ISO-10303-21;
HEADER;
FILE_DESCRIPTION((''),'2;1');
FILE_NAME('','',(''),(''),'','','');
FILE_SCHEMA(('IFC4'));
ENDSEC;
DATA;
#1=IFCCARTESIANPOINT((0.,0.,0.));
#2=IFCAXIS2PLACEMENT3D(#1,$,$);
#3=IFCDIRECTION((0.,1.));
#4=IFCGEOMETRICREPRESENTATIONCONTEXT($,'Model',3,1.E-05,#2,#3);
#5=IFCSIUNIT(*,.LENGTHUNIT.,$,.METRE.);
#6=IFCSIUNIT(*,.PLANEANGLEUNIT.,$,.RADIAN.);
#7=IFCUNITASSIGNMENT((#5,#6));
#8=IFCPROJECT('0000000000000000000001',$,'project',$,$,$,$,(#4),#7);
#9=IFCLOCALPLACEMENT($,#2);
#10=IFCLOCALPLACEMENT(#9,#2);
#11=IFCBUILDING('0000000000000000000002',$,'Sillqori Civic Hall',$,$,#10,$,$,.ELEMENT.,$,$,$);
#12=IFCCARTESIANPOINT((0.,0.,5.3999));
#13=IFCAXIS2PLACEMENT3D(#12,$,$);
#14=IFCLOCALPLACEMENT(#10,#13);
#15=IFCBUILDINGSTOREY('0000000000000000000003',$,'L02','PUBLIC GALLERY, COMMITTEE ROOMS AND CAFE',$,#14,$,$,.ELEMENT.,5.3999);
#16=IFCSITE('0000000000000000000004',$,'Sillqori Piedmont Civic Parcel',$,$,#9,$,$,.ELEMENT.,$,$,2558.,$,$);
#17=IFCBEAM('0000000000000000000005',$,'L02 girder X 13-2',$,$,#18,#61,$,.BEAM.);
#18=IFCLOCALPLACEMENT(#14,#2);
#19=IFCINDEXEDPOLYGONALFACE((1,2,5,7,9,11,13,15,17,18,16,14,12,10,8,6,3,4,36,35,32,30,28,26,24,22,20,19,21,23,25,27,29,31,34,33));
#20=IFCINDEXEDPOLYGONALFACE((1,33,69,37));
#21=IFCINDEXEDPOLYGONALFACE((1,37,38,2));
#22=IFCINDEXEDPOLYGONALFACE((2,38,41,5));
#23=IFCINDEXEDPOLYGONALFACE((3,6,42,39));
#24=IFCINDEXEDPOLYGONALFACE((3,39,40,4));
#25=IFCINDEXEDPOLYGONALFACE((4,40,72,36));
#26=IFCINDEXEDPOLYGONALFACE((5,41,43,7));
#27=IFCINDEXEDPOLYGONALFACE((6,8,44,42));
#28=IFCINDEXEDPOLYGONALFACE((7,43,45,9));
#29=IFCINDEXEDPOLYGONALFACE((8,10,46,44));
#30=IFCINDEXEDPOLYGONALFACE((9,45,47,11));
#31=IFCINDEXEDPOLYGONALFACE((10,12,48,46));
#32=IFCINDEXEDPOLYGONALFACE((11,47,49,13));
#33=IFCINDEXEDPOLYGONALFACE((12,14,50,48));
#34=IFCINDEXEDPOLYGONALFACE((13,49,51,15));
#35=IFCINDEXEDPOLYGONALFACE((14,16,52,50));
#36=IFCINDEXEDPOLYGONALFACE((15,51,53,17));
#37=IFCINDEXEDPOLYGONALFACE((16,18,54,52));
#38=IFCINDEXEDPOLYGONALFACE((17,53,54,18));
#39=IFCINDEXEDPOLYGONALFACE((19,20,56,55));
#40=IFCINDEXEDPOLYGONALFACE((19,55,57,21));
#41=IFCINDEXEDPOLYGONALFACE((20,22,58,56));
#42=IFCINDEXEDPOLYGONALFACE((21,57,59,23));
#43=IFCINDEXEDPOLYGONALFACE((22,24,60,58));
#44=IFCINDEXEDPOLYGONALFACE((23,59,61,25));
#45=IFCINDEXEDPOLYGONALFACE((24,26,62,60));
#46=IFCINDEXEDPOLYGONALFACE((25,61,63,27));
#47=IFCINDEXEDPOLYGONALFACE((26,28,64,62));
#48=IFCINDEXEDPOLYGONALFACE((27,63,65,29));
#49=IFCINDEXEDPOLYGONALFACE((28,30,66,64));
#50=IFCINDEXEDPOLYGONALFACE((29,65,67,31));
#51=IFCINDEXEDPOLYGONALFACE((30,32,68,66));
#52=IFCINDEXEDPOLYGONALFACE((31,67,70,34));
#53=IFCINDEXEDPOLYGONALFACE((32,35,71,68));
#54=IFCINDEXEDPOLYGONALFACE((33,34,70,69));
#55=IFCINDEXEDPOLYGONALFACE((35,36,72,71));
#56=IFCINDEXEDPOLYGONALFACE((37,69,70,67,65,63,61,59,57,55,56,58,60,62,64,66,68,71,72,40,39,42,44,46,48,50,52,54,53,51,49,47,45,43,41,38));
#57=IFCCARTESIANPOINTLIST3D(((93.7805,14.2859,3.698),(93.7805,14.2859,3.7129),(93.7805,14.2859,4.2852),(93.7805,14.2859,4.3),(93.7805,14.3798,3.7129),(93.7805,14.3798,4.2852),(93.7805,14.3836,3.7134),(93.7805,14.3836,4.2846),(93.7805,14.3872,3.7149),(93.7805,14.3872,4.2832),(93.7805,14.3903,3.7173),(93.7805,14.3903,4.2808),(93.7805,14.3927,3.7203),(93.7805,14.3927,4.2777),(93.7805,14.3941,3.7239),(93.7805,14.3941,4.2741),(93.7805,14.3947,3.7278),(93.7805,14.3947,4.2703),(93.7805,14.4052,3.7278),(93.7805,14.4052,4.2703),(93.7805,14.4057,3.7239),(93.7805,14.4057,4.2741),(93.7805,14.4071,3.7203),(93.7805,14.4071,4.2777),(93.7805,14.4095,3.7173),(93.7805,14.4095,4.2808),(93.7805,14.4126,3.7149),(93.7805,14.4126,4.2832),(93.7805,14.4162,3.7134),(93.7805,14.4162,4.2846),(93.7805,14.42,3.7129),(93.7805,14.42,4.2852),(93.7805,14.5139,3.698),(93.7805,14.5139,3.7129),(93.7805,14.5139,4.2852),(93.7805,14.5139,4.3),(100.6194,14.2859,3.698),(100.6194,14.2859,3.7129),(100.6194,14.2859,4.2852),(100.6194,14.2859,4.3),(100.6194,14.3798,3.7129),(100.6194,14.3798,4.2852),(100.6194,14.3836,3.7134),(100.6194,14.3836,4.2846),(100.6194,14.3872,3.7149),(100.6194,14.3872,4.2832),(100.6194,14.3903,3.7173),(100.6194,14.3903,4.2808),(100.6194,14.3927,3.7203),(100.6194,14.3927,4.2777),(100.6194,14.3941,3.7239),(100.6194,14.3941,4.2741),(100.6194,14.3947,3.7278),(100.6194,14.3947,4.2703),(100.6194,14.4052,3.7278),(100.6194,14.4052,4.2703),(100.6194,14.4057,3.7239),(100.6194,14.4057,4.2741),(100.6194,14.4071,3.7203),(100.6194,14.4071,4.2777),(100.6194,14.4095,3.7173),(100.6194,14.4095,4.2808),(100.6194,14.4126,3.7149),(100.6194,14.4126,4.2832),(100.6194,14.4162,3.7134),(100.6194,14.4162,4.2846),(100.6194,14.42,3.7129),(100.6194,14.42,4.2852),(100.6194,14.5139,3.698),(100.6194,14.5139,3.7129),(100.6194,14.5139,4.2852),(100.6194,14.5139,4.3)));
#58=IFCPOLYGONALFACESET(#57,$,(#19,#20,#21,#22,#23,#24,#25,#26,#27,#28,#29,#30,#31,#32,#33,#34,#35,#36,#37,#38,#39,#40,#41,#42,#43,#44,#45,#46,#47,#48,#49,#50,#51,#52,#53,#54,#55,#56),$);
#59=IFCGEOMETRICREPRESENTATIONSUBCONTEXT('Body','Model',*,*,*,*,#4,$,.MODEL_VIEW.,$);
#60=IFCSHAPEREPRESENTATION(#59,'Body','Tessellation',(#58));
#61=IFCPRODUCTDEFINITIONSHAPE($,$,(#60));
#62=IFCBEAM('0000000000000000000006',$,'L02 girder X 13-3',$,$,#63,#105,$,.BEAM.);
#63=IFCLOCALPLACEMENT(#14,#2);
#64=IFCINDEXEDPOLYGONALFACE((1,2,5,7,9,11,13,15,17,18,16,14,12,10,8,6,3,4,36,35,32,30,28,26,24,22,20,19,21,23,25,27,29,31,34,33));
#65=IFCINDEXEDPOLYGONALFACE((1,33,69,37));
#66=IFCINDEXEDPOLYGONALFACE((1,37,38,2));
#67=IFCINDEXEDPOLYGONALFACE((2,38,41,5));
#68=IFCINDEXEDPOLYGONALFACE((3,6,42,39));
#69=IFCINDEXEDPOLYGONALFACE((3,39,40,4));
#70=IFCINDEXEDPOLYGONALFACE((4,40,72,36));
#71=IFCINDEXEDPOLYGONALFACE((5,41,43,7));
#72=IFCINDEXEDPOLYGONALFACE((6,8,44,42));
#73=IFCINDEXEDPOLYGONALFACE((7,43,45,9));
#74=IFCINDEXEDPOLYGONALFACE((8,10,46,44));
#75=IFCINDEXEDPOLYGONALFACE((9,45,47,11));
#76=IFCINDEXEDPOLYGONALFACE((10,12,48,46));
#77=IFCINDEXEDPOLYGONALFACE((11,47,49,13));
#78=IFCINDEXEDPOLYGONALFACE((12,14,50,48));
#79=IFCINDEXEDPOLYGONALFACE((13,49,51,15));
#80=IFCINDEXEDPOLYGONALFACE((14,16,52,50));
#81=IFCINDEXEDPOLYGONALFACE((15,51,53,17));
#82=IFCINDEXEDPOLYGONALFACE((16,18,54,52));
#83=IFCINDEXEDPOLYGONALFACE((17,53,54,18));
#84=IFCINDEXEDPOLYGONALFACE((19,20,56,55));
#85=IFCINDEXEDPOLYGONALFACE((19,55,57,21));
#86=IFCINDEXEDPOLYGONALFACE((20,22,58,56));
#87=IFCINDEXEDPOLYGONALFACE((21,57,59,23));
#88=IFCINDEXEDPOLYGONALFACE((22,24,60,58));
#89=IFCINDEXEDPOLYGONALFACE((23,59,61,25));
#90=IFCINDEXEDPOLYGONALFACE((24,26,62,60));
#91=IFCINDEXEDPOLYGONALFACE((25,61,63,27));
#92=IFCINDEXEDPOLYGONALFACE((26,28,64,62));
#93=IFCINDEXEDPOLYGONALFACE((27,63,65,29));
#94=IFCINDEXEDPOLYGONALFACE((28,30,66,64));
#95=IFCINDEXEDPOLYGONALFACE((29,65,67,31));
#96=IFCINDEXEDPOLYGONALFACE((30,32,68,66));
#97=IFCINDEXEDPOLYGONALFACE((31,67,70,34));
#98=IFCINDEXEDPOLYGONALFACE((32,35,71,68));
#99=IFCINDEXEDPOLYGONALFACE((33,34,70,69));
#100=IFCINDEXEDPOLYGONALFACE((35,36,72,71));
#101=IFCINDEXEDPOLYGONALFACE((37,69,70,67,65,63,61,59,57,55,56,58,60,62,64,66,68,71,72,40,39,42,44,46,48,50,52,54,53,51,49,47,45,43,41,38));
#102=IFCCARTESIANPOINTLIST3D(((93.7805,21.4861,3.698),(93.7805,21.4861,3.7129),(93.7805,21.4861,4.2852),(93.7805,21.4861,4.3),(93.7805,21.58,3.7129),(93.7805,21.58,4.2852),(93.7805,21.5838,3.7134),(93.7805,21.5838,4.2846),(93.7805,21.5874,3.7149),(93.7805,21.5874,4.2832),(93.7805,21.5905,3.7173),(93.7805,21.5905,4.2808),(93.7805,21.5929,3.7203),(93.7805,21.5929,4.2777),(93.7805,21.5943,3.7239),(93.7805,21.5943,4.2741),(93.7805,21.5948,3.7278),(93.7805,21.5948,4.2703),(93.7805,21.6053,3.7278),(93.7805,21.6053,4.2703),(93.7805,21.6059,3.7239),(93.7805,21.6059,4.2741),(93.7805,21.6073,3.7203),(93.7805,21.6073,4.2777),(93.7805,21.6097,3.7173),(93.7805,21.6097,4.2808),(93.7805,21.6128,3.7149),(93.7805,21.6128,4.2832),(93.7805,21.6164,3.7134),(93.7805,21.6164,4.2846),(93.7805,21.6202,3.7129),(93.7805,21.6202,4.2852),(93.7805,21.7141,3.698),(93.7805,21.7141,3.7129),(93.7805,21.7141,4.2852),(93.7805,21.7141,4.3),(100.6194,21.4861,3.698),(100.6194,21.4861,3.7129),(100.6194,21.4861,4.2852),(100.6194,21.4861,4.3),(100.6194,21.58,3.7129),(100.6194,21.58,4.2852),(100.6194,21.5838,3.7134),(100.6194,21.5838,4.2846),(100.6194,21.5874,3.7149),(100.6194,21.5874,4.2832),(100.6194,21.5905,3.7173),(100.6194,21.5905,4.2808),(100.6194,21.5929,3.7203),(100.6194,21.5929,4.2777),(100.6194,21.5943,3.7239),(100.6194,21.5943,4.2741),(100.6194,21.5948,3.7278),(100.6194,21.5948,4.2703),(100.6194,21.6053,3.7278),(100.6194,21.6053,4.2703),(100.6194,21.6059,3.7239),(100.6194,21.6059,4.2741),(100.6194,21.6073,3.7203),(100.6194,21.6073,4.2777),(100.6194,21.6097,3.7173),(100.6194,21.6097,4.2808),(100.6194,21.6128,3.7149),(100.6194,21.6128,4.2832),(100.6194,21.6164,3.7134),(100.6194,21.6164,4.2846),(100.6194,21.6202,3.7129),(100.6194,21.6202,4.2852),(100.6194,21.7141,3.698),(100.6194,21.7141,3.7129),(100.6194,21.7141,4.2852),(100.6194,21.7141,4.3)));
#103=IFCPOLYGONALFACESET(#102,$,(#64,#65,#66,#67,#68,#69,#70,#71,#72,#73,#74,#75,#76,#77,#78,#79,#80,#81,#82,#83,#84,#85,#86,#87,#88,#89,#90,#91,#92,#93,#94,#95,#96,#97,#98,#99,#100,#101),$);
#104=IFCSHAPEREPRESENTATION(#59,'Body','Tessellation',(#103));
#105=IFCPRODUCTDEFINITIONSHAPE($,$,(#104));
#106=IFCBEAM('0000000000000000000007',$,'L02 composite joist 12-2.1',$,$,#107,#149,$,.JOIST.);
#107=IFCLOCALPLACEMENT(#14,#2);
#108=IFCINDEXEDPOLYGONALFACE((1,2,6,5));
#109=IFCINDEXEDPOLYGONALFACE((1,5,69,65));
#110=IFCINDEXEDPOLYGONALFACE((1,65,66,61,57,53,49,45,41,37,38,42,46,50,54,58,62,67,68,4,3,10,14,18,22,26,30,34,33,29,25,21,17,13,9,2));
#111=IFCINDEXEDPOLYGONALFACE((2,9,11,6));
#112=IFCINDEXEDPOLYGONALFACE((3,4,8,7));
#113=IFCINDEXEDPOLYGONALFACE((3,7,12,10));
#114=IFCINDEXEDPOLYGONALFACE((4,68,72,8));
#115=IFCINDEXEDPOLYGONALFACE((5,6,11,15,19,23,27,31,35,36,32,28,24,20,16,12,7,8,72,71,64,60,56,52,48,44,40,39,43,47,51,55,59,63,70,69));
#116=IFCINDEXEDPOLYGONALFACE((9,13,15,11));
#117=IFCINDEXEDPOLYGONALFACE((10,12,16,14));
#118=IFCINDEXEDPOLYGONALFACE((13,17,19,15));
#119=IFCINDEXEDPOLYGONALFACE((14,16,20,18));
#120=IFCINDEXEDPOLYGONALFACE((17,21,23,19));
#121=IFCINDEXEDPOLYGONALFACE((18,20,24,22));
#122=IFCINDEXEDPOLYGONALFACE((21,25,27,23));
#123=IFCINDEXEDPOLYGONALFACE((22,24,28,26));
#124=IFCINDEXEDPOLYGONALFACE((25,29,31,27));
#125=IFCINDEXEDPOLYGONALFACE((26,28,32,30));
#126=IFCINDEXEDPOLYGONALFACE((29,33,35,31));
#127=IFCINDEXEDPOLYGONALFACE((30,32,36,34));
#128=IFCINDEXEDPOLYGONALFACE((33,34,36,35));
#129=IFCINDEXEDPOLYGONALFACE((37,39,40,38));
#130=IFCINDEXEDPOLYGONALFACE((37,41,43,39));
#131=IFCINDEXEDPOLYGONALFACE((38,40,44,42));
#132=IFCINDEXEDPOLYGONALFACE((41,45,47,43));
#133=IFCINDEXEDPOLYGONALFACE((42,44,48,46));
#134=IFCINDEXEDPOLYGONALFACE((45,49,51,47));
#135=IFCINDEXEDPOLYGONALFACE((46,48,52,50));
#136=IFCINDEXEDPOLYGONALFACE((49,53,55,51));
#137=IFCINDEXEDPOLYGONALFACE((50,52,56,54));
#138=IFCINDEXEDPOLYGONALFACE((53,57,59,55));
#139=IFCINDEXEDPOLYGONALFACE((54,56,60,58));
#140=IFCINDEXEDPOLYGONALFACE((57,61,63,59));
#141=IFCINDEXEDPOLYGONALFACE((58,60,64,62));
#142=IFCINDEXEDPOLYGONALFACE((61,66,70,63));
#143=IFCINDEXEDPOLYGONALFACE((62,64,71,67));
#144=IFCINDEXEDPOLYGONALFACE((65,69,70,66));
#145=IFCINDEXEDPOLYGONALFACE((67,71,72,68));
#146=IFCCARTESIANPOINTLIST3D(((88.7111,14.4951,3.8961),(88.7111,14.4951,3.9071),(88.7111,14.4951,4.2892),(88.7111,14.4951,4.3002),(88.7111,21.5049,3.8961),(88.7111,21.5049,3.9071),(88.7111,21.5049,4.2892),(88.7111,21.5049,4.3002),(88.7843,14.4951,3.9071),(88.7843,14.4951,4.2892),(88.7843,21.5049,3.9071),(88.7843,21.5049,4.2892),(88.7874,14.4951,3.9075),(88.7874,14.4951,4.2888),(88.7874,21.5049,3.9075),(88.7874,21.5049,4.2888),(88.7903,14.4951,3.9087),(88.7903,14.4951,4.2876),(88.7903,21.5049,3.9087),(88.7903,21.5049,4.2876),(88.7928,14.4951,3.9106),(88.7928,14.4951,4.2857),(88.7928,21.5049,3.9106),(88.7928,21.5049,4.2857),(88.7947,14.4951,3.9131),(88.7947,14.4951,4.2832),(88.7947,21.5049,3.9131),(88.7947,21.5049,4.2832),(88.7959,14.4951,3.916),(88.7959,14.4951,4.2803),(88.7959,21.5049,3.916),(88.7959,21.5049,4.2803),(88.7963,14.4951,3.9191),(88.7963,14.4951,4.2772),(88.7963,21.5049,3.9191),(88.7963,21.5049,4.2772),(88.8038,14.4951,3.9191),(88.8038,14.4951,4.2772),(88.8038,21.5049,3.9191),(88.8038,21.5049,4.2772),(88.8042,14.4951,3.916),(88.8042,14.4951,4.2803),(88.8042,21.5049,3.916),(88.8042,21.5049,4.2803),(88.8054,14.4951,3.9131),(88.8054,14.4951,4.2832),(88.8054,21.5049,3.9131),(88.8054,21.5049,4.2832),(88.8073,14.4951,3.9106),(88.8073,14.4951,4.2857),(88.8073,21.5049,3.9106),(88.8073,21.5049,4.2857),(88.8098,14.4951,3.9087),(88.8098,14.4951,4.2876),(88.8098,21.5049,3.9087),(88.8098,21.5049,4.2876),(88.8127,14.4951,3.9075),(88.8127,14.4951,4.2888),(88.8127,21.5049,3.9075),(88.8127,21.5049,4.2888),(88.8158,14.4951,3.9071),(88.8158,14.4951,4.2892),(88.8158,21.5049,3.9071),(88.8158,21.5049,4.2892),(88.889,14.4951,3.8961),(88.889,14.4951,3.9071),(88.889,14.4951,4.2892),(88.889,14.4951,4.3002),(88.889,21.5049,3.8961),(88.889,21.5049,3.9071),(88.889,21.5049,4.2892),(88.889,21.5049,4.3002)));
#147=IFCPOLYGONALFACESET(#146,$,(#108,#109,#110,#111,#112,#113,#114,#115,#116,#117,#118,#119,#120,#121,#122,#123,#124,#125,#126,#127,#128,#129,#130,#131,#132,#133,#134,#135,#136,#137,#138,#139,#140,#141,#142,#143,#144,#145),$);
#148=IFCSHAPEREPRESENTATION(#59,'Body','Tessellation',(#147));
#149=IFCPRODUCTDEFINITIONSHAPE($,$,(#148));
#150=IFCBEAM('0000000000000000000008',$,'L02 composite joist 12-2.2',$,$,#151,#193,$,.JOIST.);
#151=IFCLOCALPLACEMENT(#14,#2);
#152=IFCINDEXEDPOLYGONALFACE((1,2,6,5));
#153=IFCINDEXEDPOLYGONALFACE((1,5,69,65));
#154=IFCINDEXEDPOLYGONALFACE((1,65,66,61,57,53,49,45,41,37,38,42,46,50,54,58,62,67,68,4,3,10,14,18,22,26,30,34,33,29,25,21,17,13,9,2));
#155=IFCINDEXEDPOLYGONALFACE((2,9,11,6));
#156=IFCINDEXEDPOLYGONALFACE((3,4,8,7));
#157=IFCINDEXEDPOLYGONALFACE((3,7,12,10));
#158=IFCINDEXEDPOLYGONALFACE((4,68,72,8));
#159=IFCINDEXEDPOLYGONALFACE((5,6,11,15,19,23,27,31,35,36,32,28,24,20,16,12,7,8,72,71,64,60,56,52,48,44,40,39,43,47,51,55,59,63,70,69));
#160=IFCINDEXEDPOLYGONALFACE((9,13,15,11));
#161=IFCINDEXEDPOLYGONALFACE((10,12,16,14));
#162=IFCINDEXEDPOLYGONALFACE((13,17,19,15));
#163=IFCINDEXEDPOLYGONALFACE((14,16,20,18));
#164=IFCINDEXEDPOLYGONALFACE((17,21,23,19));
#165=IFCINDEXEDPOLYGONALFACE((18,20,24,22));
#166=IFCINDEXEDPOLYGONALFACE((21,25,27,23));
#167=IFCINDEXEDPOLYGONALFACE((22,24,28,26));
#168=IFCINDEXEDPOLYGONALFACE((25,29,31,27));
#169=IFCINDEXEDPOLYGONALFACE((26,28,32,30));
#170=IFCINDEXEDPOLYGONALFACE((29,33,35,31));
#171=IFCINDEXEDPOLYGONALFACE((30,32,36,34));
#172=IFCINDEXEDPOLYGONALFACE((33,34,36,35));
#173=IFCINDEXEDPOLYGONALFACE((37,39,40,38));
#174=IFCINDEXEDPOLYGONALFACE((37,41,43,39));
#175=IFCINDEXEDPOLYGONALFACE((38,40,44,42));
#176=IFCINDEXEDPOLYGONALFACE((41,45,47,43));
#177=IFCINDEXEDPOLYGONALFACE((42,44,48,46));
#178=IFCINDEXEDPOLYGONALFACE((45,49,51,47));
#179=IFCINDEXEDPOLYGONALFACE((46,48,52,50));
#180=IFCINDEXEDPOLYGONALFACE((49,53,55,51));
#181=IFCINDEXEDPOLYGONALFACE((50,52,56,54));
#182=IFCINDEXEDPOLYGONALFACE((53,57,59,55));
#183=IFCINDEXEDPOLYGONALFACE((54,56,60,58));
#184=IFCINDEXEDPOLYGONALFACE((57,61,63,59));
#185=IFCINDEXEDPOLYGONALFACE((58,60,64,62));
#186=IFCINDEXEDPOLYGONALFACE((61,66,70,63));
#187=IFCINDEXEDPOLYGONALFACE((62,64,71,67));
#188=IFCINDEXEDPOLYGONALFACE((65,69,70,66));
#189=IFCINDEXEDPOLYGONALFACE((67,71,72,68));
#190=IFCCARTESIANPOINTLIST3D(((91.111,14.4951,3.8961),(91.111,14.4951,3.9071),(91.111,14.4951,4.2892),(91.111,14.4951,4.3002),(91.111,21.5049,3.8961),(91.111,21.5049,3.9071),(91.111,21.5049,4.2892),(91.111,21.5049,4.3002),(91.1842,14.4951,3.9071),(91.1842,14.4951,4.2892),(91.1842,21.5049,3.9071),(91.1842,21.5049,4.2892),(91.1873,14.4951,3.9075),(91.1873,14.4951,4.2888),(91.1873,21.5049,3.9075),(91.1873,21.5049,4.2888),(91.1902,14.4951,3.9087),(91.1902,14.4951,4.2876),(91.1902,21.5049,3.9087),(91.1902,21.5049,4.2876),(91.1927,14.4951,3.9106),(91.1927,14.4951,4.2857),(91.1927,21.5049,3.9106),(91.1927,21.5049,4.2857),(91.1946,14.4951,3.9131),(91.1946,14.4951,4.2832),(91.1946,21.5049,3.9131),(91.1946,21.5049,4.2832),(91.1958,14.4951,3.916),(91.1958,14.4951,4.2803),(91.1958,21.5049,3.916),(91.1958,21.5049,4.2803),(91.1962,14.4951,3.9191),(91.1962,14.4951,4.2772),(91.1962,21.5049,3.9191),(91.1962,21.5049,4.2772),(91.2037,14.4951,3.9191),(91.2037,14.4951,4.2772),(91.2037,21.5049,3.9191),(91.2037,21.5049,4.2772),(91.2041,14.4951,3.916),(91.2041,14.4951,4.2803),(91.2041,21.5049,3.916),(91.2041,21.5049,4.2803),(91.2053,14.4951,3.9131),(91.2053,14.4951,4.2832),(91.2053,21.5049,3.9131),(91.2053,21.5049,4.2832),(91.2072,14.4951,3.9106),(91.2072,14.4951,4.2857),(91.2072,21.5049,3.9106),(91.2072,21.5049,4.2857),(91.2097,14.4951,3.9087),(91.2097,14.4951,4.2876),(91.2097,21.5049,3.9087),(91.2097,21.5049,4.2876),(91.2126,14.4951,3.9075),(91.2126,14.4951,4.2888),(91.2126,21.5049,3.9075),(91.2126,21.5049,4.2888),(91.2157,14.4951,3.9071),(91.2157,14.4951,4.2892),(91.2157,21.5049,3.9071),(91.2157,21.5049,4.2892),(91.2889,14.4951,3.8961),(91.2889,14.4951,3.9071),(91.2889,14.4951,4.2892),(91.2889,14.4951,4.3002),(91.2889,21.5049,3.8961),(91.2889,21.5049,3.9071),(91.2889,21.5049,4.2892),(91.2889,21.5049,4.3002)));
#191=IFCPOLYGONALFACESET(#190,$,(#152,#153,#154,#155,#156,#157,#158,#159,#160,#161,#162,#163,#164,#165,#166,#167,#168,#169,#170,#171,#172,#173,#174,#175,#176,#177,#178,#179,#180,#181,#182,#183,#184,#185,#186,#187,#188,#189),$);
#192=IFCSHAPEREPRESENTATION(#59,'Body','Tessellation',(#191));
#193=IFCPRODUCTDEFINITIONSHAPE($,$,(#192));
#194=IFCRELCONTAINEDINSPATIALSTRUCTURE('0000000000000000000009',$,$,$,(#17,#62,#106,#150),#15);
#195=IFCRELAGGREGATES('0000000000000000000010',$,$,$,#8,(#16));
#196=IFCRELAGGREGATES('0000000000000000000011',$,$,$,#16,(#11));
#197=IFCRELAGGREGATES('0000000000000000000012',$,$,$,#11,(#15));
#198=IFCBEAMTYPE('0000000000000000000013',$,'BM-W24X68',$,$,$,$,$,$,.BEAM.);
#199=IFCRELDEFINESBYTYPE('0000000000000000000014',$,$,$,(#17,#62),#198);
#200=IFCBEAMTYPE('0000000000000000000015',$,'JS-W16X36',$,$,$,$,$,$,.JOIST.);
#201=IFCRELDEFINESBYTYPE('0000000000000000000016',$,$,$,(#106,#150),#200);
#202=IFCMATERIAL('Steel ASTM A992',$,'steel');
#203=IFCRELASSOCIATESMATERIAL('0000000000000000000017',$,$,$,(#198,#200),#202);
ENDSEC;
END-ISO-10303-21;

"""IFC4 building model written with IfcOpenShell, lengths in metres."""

from ifc_helpers import new_model, si_unit, direction, frame, origin, origin_2d, place, context, subcontext, project, spatial, i_section, extrude, material, material_profile, profile_set, type_object, element, save


model = new_model("IFC4")

# Units and contexts
model_context = context("Model", 3, precision=1e-05, world=origin(), true_north=direction((0.0, 1.0)))
body_context = subcontext(model_context, "Body", "Model", "MODEL_VIEW")
ifc_project = project(units=[si_unit("LENGTHUNIT", "METRE"), si_unit("PLANEANGLEUNIT", "RADIAN")], contexts=[model_context])

# Site, building, storey
site_placement = place(None, origin())
site = spatial("IfcSite", under=ifc_project, at=site_placement, Name="Sillqori Piedmont Civic Parcel", CompositionType="ELEMENT", RefElevation=2558.0)
building_placement = place(site_placement, origin())
building = spatial("IfcBuilding", under=site, at=building_placement, Name="Sillqori Civic Hall", CompositionType="ELEMENT")
storey_placement = place(building_placement, frame((0.0, 0.0, 5.3999)))
storey = spatial("IfcBuildingStorey", under=building, at=storey_placement, Name="L02", Description="PUBLIC GALLERY, COMMITTEE ROOMS AND CAFE", CompositionType="ELEMENT", Elevation=5.3999)

# Shared definitions
ifc_material_1 = material(Name="Steel ASTM A992", Category="steel")

# Beams
ifc_material_profile_1 = material_profile(ifc_material_1, i_section(OverallWidth=0.228, OverallDepth=0.6021, WebThickness=0.0105, FlangeThickness=0.0149, FilletRadius=0.0149, at=origin_2d()), Name="W24X68")
ifc_profile_set_1 = profile_set([ifc_material_profile_1], Name="Steel ASTM A992")
beam_type_1 = type_object("IfcBeamType", Name="BM-W24X68", PredefinedType="BEAM", material=ifc_profile_set_1)
for number, where, z_axis, x_axis, name in (
    (1, (93.7805, 14.3999, 3.999), (1.0, 0.0, 0.0), (0.0, 1.0, 0.0), "L02 girder X 13-2"),
    (2, (93.7805, 21.6001, 3.999), (1.0, 0.0, 0.0), (0.0, 1.0, 0.0), "L02 girder X 13-3"),
):
    element("IfcBeam", number, at=place(storey_placement, frame(where, z_axis=z_axis, x_axis=x_axis)), inside=storey, type_object=beam_type_1, Name=name, PredefinedType="BEAM", context=body_context, shape_type="SweptSolid", body=[
        extrude(i_section(OverallWidth=0.228, OverallDepth=0.6021, WebThickness=0.0105, FlangeThickness=0.0149, FilletRadius=0.0149, at=origin_2d()), origin(), (0.0, 0.0, 1.0), 6.8389),
    ])
ifc_material_profile_2 = material_profile(ifc_material_1, i_section(OverallWidth=0.178, OverallDepth=0.4041, WebThickness=0.0076, FlangeThickness=0.011, FilletRadius=0.012, at=origin_2d()), Name="W16X36")
ifc_profile_set_2 = profile_set([ifc_material_profile_2], Name="Steel ASTM A992")
beam_type_2 = type_object("IfcBeamType", Name="JS-W16X36", PredefinedType="JOIST", material=ifc_profile_set_2)
for number, where, z_axis, x_axis, name in (
    (3, (88.8, 14.4951, 4.0981), (0.0, 1.0, 0.0), (-1.0, 0.0, 0.0), "L02 composite joist 12-2.1"),
    (4, (91.2, 14.4951, 4.0981), (0.0, 1.0, 0.0), (-1.0, 0.0, 0.0), "L02 composite joist 12-2.2"),
):
    element("IfcBeam", number, at=place(storey_placement, frame(where, z_axis=z_axis, x_axis=x_axis)), inside=storey, type_object=beam_type_2, Name=name, PredefinedType="JOIST", context=body_context, shape_type="SweptSolid", body=[
        extrude(i_section(OverallWidth=0.178, OverallDepth=0.4041, WebThickness=0.0076, FlangeThickness=0.011, FilletRadius=0.012, at=origin_2d()), origin(), (0.0, 0.0, 1.0), 7.0098),
    ])

save(model, "model.ifc")
